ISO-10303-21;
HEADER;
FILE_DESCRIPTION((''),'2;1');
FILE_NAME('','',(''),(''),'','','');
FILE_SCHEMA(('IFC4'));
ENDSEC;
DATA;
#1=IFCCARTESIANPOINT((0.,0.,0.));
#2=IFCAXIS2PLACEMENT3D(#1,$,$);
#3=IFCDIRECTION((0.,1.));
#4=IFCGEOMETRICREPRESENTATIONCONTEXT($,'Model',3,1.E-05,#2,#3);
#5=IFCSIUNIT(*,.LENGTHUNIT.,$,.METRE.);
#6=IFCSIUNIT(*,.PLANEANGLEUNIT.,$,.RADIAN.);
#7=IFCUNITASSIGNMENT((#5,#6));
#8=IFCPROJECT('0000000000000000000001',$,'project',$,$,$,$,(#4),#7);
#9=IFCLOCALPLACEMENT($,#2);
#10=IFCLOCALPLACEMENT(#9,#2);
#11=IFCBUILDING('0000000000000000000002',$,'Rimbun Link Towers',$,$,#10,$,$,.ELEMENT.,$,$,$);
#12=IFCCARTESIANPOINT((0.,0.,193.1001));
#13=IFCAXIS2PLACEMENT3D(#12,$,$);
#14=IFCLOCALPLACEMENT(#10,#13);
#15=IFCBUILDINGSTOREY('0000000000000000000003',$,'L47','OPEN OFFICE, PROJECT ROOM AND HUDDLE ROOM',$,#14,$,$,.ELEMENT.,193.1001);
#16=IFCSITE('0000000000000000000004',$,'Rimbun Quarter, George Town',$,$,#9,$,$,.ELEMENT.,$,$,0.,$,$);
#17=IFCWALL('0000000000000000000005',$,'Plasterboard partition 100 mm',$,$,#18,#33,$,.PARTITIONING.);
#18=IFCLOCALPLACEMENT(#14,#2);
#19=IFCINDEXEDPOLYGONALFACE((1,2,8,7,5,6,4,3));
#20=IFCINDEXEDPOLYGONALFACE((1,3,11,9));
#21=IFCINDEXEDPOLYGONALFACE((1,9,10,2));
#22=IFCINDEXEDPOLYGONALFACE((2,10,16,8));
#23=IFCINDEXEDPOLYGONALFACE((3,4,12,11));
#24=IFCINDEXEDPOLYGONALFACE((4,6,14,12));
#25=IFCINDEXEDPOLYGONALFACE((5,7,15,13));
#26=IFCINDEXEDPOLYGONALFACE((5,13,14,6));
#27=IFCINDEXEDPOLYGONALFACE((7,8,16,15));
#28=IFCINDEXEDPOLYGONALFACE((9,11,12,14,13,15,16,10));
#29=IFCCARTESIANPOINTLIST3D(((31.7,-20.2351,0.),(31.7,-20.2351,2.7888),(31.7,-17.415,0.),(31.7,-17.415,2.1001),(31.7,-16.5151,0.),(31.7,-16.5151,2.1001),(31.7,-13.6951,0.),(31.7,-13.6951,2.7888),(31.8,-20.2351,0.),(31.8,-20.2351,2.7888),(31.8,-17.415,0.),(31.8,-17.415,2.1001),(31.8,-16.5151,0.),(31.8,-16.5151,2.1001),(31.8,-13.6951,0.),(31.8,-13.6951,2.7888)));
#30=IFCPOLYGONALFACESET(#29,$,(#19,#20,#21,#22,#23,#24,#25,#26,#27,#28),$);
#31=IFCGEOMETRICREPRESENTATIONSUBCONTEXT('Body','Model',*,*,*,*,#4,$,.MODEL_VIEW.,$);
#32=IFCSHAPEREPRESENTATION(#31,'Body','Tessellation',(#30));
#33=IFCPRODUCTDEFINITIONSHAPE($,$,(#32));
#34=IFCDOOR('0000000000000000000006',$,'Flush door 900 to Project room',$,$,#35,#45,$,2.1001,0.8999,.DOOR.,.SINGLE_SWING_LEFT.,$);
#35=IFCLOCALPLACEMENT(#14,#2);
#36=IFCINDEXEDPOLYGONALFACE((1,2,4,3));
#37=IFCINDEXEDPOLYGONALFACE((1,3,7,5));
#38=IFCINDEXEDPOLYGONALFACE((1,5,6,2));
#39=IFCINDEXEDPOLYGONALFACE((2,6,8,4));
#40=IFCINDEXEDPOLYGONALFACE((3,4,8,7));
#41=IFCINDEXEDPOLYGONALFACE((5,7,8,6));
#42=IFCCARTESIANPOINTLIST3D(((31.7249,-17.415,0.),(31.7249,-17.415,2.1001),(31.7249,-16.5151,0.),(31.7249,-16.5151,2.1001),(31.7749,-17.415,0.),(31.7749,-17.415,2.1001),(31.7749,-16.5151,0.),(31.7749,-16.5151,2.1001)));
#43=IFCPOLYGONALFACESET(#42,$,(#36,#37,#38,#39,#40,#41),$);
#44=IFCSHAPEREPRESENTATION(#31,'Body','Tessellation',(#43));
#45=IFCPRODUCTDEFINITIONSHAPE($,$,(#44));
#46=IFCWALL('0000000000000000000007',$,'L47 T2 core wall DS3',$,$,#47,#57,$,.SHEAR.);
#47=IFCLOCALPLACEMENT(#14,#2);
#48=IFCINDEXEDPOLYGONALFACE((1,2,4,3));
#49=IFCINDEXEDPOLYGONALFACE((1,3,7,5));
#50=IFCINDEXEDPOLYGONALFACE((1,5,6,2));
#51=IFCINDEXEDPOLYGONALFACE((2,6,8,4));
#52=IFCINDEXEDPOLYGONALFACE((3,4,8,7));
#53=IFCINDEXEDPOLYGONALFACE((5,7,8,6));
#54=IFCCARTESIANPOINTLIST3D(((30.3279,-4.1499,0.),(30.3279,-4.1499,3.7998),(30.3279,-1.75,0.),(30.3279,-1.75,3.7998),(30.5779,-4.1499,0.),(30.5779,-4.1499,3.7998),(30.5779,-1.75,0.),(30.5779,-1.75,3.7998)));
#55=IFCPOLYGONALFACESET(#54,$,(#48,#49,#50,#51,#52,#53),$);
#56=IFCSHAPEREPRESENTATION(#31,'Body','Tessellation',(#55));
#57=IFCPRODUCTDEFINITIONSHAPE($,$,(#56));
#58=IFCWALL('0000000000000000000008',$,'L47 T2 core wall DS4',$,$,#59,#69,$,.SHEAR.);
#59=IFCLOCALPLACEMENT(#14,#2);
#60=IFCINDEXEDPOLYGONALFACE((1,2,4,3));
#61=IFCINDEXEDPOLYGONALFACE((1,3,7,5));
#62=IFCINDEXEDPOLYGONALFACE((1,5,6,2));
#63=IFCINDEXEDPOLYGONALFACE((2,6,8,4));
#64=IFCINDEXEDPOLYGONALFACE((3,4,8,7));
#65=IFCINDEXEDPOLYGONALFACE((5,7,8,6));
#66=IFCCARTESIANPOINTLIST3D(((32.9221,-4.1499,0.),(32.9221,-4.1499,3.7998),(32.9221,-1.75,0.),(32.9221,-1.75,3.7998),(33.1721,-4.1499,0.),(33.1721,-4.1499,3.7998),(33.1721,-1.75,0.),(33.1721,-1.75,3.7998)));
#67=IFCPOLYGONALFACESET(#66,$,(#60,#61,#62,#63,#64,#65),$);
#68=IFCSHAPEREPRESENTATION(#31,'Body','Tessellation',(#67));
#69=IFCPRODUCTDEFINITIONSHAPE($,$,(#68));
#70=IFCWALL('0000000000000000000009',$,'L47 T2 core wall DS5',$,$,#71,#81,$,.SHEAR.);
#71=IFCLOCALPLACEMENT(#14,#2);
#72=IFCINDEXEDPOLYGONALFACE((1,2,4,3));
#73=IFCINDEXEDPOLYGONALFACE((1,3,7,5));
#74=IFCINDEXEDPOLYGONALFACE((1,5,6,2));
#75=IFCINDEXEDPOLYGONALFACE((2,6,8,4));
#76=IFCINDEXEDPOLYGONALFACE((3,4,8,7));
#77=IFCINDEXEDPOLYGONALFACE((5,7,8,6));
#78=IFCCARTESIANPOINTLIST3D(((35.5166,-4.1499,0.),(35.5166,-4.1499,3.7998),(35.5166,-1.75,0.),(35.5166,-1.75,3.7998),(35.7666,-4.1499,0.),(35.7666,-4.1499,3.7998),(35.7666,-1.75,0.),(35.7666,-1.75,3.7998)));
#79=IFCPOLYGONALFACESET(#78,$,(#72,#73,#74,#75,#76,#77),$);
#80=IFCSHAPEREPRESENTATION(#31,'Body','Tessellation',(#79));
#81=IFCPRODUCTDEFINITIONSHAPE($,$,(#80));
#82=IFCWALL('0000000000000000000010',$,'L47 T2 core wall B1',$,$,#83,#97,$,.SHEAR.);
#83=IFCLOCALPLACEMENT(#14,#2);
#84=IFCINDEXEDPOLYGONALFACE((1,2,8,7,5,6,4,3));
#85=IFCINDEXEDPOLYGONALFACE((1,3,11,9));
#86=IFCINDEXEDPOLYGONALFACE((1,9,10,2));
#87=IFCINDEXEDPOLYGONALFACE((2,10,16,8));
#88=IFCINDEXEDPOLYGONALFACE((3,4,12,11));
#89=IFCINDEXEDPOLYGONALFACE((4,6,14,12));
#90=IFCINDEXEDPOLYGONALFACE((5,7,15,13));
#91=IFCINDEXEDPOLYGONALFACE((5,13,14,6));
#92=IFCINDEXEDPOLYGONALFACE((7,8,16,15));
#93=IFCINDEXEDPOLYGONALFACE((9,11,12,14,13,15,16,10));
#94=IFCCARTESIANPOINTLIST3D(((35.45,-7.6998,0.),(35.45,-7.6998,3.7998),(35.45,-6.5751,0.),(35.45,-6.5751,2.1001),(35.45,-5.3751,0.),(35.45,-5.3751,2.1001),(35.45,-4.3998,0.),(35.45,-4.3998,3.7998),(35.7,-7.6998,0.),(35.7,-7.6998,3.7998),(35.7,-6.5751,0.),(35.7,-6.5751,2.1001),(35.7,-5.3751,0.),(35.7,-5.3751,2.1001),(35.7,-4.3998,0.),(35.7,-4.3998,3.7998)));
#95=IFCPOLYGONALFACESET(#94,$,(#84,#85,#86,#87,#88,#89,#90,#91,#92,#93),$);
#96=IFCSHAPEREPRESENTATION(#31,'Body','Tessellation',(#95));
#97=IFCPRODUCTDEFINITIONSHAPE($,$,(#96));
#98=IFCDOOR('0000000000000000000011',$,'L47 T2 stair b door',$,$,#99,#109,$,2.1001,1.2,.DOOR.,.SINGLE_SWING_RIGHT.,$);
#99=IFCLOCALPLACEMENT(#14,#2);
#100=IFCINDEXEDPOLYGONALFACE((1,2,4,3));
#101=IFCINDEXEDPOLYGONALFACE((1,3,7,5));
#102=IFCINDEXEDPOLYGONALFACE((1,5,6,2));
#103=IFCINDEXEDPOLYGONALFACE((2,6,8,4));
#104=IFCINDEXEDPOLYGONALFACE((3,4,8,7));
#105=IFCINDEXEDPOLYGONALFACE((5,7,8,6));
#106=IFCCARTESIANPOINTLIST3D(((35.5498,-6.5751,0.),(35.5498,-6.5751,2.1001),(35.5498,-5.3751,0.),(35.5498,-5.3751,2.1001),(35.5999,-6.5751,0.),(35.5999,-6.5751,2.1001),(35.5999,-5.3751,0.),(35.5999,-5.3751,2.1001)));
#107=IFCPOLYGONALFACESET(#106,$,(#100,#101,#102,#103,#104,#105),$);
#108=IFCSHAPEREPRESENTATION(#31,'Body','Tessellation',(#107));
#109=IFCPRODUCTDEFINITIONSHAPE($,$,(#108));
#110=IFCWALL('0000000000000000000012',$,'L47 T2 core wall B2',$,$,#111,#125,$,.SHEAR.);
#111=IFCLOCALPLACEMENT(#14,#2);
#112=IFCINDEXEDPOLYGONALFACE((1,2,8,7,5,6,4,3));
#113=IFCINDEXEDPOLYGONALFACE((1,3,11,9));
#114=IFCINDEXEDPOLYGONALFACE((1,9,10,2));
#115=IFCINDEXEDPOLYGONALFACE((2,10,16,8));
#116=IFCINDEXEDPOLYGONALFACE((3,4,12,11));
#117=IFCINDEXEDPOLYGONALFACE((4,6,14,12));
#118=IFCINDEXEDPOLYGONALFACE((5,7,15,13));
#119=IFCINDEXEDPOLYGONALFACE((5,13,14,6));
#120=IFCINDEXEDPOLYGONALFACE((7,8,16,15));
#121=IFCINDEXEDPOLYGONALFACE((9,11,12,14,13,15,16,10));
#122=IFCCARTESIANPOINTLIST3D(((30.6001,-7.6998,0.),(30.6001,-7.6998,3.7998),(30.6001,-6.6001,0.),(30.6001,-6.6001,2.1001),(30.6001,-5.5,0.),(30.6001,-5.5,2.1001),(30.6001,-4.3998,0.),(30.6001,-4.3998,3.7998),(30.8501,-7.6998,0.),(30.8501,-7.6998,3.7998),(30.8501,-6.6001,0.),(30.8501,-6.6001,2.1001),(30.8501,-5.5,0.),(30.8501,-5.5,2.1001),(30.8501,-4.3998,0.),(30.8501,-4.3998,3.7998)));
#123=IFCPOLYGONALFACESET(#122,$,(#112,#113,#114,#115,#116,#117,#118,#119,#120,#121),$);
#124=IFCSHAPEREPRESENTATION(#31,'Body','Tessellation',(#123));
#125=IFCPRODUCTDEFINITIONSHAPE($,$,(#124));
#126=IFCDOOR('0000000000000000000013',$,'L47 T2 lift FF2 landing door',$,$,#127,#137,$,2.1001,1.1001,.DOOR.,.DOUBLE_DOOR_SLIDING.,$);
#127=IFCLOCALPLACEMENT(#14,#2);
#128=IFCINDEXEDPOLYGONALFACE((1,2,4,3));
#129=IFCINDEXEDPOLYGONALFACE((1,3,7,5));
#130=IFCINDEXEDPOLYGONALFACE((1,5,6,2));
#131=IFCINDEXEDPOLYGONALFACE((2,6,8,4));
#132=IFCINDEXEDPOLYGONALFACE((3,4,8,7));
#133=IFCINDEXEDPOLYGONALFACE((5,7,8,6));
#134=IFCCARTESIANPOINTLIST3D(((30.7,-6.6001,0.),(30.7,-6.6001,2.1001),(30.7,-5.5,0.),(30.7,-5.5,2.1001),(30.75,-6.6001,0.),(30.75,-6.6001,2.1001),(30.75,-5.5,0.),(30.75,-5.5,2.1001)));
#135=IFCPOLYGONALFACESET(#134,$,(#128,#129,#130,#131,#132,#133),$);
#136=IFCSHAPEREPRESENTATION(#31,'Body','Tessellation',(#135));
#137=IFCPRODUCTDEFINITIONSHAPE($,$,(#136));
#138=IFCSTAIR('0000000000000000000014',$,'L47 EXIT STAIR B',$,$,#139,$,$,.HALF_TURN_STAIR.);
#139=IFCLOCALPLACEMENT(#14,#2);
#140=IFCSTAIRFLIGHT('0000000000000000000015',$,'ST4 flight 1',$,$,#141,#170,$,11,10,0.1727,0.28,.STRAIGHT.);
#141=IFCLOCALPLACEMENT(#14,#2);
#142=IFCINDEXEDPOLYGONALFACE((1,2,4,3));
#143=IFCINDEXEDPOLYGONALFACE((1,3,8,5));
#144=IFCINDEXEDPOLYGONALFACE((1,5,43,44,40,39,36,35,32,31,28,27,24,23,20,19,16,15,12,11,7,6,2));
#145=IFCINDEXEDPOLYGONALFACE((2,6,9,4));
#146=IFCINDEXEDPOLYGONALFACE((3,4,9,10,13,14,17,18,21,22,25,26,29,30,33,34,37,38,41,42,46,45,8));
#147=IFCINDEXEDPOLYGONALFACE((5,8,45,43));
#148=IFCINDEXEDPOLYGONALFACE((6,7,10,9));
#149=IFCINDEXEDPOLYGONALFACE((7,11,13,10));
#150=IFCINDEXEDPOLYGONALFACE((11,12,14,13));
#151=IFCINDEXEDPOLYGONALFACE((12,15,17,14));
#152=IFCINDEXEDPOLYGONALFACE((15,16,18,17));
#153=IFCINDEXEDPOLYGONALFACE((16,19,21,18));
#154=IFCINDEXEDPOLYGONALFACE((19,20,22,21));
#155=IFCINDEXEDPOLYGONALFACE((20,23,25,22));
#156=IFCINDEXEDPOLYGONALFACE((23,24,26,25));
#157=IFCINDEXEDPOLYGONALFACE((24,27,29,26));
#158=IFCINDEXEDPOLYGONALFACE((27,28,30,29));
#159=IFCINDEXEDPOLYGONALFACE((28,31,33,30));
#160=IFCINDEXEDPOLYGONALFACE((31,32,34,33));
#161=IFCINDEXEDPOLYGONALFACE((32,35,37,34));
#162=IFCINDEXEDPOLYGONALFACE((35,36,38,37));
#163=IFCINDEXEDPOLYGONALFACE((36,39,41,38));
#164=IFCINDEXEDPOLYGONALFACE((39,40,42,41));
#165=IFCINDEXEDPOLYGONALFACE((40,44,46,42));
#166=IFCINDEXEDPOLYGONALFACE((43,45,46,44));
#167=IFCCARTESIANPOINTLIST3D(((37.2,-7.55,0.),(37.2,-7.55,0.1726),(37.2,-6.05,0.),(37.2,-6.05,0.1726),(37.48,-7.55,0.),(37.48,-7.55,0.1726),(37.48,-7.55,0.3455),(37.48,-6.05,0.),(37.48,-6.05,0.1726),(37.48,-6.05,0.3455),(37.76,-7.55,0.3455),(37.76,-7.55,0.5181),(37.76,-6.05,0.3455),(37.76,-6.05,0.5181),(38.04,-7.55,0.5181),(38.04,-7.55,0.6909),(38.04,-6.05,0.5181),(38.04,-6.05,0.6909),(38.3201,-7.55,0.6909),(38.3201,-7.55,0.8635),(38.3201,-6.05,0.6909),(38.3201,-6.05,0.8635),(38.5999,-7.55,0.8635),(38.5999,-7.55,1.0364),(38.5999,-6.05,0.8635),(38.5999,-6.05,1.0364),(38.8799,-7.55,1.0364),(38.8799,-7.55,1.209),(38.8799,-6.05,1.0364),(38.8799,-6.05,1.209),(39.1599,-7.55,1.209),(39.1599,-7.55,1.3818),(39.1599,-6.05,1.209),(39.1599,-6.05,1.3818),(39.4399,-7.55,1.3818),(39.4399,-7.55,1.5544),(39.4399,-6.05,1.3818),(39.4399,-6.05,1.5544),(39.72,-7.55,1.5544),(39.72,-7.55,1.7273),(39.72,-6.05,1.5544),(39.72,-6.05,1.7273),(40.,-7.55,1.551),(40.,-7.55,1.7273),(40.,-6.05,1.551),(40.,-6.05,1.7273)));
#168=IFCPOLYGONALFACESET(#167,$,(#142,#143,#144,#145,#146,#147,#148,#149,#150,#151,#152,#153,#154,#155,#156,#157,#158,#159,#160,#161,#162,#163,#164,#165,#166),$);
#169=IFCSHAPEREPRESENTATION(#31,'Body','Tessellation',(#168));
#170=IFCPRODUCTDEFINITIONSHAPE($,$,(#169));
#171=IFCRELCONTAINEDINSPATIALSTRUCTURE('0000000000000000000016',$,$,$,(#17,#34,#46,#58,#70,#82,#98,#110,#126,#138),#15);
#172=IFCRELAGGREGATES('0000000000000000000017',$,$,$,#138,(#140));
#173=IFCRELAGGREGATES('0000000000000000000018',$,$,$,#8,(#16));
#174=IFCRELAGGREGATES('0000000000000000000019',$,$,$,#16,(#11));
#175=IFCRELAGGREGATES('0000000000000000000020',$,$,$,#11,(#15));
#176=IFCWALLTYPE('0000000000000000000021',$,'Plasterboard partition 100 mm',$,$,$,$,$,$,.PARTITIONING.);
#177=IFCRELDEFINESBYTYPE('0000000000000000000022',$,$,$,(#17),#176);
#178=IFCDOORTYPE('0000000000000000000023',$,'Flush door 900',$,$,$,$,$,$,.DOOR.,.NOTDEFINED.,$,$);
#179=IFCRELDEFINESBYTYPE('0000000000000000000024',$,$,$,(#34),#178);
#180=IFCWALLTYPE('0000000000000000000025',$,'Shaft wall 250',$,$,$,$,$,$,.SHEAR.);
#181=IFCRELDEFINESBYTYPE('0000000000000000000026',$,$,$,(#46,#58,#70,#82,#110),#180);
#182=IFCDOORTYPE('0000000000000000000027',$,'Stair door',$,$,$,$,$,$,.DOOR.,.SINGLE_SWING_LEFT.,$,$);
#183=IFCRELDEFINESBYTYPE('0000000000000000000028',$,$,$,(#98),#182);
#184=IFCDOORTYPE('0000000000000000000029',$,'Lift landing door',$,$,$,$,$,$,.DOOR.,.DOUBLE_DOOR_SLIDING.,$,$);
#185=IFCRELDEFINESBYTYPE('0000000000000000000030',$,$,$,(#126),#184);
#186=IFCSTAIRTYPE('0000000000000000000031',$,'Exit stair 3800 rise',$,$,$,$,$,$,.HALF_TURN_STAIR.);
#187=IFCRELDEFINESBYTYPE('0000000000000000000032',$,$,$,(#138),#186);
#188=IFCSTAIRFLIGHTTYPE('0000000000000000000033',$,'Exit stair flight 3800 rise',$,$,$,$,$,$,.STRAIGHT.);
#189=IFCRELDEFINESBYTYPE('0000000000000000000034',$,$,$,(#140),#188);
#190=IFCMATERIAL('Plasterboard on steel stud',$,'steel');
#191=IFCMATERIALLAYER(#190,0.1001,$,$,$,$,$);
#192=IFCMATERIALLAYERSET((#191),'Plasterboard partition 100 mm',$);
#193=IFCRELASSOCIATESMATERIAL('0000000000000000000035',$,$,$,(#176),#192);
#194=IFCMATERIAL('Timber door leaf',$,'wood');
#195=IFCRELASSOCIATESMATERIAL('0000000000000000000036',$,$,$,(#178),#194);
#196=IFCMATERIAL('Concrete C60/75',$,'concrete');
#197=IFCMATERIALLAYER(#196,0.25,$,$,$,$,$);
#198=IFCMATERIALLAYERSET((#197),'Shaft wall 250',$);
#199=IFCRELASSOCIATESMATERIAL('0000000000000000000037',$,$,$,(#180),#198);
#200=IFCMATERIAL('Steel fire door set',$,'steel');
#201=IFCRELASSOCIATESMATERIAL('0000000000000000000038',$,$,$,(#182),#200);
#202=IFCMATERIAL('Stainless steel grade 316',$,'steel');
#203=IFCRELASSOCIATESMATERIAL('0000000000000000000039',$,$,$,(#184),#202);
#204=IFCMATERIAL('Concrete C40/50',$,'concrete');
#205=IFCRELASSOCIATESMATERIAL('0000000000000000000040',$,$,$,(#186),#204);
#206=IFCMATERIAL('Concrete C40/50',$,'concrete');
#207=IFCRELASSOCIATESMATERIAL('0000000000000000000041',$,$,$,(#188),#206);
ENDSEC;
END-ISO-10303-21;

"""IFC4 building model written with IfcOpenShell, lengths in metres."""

from ifc_helpers import new_model, si_unit, direction, frame, frame_2d, origin, place, context, subcontext, project, spatial, polyline, rectangle, outline, extrude, material, layer, layer_set, type_object, element, fill, aggregate, save


model = new_model("IFC4")

# Units and contexts
model_context = context("Model", 3, precision=1e-05, world=origin(), true_north=direction((0.0, 1.0)))
body_context = subcontext(model_context, "Body", "Model", "MODEL_VIEW")
ifc_project = project(units=[si_unit("LENGTHUNIT", "METRE"), si_unit("PLANEANGLEUNIT", "RADIAN")], contexts=[model_context])

# Site, building, storey
site_placement = place(None, origin())
site = spatial("IfcSite", under=ifc_project, at=site_placement, Name="Rimbun Quarter, George Town", CompositionType="ELEMENT", RefElevation=0.0)
building_placement = place(site_placement, origin())
building = spatial("IfcBuilding", under=site, at=building_placement, Name="Rimbun Link Towers", CompositionType="ELEMENT")
storey_placement = place(building_placement, frame((0.0, 0.0, 193.1001)))
storey = spatial("IfcBuildingStorey", under=building, at=storey_placement, Name="L47", Description="OPEN OFFICE, PROJECT ROOM AND HUDDLE ROOM", CompositionType="ELEMENT", Elevation=193.1001)

# Wall, opening, door
ifc_material_1 = material(Name="Plasterboard on steel stud", Category="steel")
ifc_layer_1 = layer(ifc_material_1, 0.1001)
ifc_layer_set_1 = layer_set([ifc_layer_1], Name="Plasterboard partition 100 mm")
wall_type_1 = type_object("IfcWallType", Name="Plasterboard partition 100 mm", PredefinedType="PARTITIONING", material=ifc_layer_set_1)
ifc_material_2 = material(Name="Timber door leaf", Category="wood")
door_type_1 = type_object("IfcDoorType", Name="Flush door 900", OperationType="NOTDEFINED", PredefinedType="DOOR", material=ifc_material_2)
wall_1_placement = place(storey_placement, frame((31.75, -13.6951, 0.0), z_axis=(0.0, 0.0, 1.0), x_axis=(0.0, -1.0, 0.0)))
wall_1 = element("IfcWall", 1, at=wall_1_placement, inside=storey, type_object=wall_type_1, Name="Plasterboard partition 100 mm", PredefinedType="PARTITIONING", context=body_context, shape_type="SweptSolid", body=[
    extrude(rectangle(XDim=6.54, YDim=0.1001, at=frame_2d((3.27, 0.0))), origin(), (0.0, 0.0, 1.0), 2.7888),
])
opening_1_placement = place(wall_1_placement, frame((2.8201, 0.0, 0.0)))
opening_1 = element("IfcOpeningElement", 2, at=opening_1_placement, cuts=wall_1, PredefinedType="OPENING", context=body_context, shape_type="SweptSolid", body=[
    extrude(rectangle(XDim=0.8999, YDim=2.1001, at=frame_2d((0.45, 1.05))), frame((0.0, 0.0601, 0.0), z_axis=(0.0, -1.0, 0.0), x_axis=(1.0, 0.0, 0.0)), (0.0, 0.0, 1.0), 0.1201),
])
door_1_placement = place(opening_1_placement, origin())
door_1 = element("IfcDoor", 3, at=door_1_placement, inside=storey, type_object=door_type_1, Name="Flush door 900 to Project room", OperationType="SINGLE_SWING_LEFT", OverallHeight=2.1001, OverallWidth=0.8999, PredefinedType="DOOR", context=body_context, shape_type="SweptSolid", body=[
    extrude(rectangle(XDim=0.8999, YDim=2.1001, at=frame_2d((0.45, 1.05))), frame((0.0, 0.0249, 0.0), z_axis=(0.0, -1.0, 0.0), x_axis=(1.0, 0.0, 0.0)), (0.0, 0.0, 1.0), 0.05),
])
fill(opening_1, door_1)

# Walls
ifc_material_3 = material(Name="Concrete C60/75", Category="concrete")
ifc_layer_2 = layer(ifc_material_3, 0.25)
ifc_layer_set_2 = layer_set([ifc_layer_2], Name="Shaft wall 250")
wall_type_2 = type_object("IfcWallType", Name="Shaft wall 250", PredefinedType="SHEAR", material=ifc_layer_set_2)
for number, where, z_axis, x_axis, name in (
    (4, (30.4529, -4.1499, 0.0), (0.0, 0.0, 1.0), (0.0, 1.0, 0.0), "L47 T2 core wall DS3"),
    (5, (33.0471, -4.1499, 0.0), (0.0, 0.0, 1.0), (0.0, 1.0, 0.0), "L47 T2 core wall DS4"),
    (6, (35.6416, -4.1499, 0.0), (0.0, 0.0, 1.0), (0.0, 1.0, 0.0), "L47 T2 core wall DS5"),
):
    element("IfcWall", number, at=place(storey_placement, frame(where, z_axis=z_axis, x_axis=x_axis)), inside=storey, type_object=wall_type_2, Name=name, PredefinedType="SHEAR", context=body_context, shape_type="SweptSolid", body=[
        extrude(rectangle(XDim=2.3999, YDim=0.25, at=frame_2d((1.2, 0.0))), origin(), (0.0, 0.0, 1.0), 3.7998),
    ])

# Walls, openings, doors
wall_2_placement = place(storey_placement, frame((35.575, -4.3999, 0.0), z_axis=(0.0, 0.0, 1.0), x_axis=(0.0, -1.0, 0.0)))
wall_2 = element("IfcWall", 7, at=wall_2_placement, inside=storey, type_object=wall_type_2, Name="L47 T2 core wall B1", PredefinedType="SHEAR", context=body_context, shape_type="SweptSolid", body=[
    extrude(rectangle(XDim=3.3, YDim=0.25, at=frame_2d((1.6499, 0.0))), origin(), (0.0, 0.0, 1.0), 3.7998),
])
opening_2_placement = place(wall_2_placement, frame((0.9751, 0.0, 0.0)))
opening_2 = element("IfcOpeningElement", 8, at=opening_2_placement, cuts=wall_2, PredefinedType="OPENING", context=body_context, shape_type="SweptSolid", body=[
    extrude(rectangle(XDim=1.2, YDim=2.1001, at=frame_2d((0.6001, 1.05))), frame((0.0, 0.135, 0.0), z_axis=(0.0, -1.0, 0.0), x_axis=(1.0, 0.0, 0.0)), (0.0, 0.0, 1.0), 0.27),
])
ifc_material_4 = material(Name="Steel fire door set", Category="steel")
door_type_2 = type_object("IfcDoorType", Name="Stair door", OperationType="SINGLE_SWING_LEFT", PredefinedType="DOOR", material=ifc_material_4)
door_2_placement = place(opening_2_placement, origin())
door_2 = element("IfcDoor", 9, at=door_2_placement, inside=storey, type_object=door_type_2, Name="L47 T2 stair b door", OperationType="SINGLE_SWING_RIGHT", OverallHeight=2.1001, OverallWidth=1.2, PredefinedType="DOOR", context=body_context, shape_type="SweptSolid", body=[
    extrude(rectangle(XDim=1.2, YDim=2.1001, at=frame_2d((0.6001, 1.05))), frame((0.0, 0.0249, 0.0), z_axis=(0.0, -1.0, 0.0), x_axis=(1.0, 0.0, 0.0)), (0.0, 0.0, 1.0), 0.05),
])
fill(opening_2, door_2)
wall_3_placement = place(storey_placement, frame((30.7251, -4.3999, 0.0), z_axis=(0.0, 0.0, 1.0), x_axis=(0.0, -1.0, 0.0)))
wall_3 = element("IfcWall", 10, at=wall_3_placement, inside=storey, type_object=wall_type_2, Name="L47 T2 core wall B2", PredefinedType="SHEAR", context=body_context, shape_type="SweptSolid", body=[
    extrude(rectangle(XDim=3.3, YDim=0.25, at=frame_2d((1.6499, 0.0))), origin(), (0.0, 0.0, 1.0), 3.7998),
])
opening_3_placement = place(wall_3_placement, frame((1.1001, 0.0, 0.0)))
opening_3 = element("IfcOpeningElement", 11, at=opening_3_placement, cuts=wall_3, PredefinedType="OPENING", context=body_context, shape_type="SweptSolid", body=[
    extrude(rectangle(XDim=1.1001, YDim=2.1001, at=frame_2d((0.55, 1.05))), frame((0.0, 0.135, 0.0), z_axis=(0.0, -1.0, 0.0), x_axis=(1.0, 0.0, 0.0)), (0.0, 0.0, 1.0), 0.27),
])
ifc_material_5 = material(Name="Stainless steel grade 316", Category="steel")
door_type_3 = type_object("IfcDoorType", Name="Lift landing door", OperationType="DOUBLE_DOOR_SLIDING", PredefinedType="DOOR", material=ifc_material_5)
door_3_placement = place(opening_3_placement, origin())
door_3 = element("IfcDoor", 12, at=door_3_placement, inside=storey, type_object=door_type_3, Name="L47 T2 lift FF2 landing door", OperationType="DOUBLE_DOOR_SLIDING", OverallHeight=2.1001, OverallWidth=1.1001, PredefinedType="DOOR", context=body_context, shape_type="SweptSolid", body=[
    extrude(rectangle(XDim=1.1001, YDim=2.1001, at=frame_2d((0.55, 1.05))), frame((0.0, 0.0249, 0.0), z_axis=(0.0, -1.0, 0.0), x_axis=(1.0, 0.0, 0.0)), (0.0, 0.0, 1.0), 0.05),
])
fill(opening_3, door_3)

# Stair, stair flight
ifc_material_6 = material(Name="Concrete C40/50", Category="concrete")
stair_type = type_object("IfcStairType", Name="Exit stair 3800 rise", PredefinedType="HALF_TURN_STAIR", material=ifc_material_6)
stair_placement = place(storey_placement, origin())
stair = element("IfcStair", 13, at=stair_placement, inside=storey, type_object=stair_type, Name="L47 EXIT STAIR B", PredefinedType="HALF_TURN_STAIR")
ifc_material_7 = material(Name="Concrete C40/50", Category="concrete")
stair_flight_type = type_object("IfcStairFlightType", Name="Exit stair flight 3800 rise", PredefinedType="STRAIGHT", material=ifc_material_7)
stair_flight_placement = place(storey_placement, frame((37.2, -6.8, 0.0), z_axis=(0.0, 0.0, 1.0), x_axis=(1.0, 0.0, 0.0)))
stair_flight = element("IfcStairFlight", 14, at=stair_flight_placement, type_object=stair_flight_type, Name="ST4 flight 1", NumberOfRisers=11, NumberOfTreads=10, PredefinedType="STRAIGHT", RiserHeight=0.1727, TreadLength=0.28, context=body_context, shape_type="SweptSolid", body=[
    extrude(outline(polyline([(0.0, 0.0), (0.0, 0.1726), (0.28, 0.1726), (0.28, 0.3455), (0.5601, 0.3455), (0.5601, 0.5181), (0.8401, 0.5181), (0.8401, 0.6909), (1.1201, 0.6909), (1.1201, 0.8635), (1.3999, 0.8635), (1.3999, 1.0364), (1.6799, 1.0364), (1.6799, 1.209), (1.96, 1.209), (1.96, 1.3818), (2.24, 1.3818), (2.24, 1.5544), (2.52, 1.5544), (2.52, 1.7273), (2.8, 1.7273), (2.8, 1.8999), (2.8, 1.551), (0.28, 0.0), (0.0, 0.0)])), frame((0.0, 0.75, 0.0), z_axis=(0.0, -1.0, 0.0), x_axis=(1.0, 0.0, 0.0)), (0.0, 0.0, 1.0), 1.5),
])
aggregate(stair, [stair_flight])

save(model, "model.ifc")
